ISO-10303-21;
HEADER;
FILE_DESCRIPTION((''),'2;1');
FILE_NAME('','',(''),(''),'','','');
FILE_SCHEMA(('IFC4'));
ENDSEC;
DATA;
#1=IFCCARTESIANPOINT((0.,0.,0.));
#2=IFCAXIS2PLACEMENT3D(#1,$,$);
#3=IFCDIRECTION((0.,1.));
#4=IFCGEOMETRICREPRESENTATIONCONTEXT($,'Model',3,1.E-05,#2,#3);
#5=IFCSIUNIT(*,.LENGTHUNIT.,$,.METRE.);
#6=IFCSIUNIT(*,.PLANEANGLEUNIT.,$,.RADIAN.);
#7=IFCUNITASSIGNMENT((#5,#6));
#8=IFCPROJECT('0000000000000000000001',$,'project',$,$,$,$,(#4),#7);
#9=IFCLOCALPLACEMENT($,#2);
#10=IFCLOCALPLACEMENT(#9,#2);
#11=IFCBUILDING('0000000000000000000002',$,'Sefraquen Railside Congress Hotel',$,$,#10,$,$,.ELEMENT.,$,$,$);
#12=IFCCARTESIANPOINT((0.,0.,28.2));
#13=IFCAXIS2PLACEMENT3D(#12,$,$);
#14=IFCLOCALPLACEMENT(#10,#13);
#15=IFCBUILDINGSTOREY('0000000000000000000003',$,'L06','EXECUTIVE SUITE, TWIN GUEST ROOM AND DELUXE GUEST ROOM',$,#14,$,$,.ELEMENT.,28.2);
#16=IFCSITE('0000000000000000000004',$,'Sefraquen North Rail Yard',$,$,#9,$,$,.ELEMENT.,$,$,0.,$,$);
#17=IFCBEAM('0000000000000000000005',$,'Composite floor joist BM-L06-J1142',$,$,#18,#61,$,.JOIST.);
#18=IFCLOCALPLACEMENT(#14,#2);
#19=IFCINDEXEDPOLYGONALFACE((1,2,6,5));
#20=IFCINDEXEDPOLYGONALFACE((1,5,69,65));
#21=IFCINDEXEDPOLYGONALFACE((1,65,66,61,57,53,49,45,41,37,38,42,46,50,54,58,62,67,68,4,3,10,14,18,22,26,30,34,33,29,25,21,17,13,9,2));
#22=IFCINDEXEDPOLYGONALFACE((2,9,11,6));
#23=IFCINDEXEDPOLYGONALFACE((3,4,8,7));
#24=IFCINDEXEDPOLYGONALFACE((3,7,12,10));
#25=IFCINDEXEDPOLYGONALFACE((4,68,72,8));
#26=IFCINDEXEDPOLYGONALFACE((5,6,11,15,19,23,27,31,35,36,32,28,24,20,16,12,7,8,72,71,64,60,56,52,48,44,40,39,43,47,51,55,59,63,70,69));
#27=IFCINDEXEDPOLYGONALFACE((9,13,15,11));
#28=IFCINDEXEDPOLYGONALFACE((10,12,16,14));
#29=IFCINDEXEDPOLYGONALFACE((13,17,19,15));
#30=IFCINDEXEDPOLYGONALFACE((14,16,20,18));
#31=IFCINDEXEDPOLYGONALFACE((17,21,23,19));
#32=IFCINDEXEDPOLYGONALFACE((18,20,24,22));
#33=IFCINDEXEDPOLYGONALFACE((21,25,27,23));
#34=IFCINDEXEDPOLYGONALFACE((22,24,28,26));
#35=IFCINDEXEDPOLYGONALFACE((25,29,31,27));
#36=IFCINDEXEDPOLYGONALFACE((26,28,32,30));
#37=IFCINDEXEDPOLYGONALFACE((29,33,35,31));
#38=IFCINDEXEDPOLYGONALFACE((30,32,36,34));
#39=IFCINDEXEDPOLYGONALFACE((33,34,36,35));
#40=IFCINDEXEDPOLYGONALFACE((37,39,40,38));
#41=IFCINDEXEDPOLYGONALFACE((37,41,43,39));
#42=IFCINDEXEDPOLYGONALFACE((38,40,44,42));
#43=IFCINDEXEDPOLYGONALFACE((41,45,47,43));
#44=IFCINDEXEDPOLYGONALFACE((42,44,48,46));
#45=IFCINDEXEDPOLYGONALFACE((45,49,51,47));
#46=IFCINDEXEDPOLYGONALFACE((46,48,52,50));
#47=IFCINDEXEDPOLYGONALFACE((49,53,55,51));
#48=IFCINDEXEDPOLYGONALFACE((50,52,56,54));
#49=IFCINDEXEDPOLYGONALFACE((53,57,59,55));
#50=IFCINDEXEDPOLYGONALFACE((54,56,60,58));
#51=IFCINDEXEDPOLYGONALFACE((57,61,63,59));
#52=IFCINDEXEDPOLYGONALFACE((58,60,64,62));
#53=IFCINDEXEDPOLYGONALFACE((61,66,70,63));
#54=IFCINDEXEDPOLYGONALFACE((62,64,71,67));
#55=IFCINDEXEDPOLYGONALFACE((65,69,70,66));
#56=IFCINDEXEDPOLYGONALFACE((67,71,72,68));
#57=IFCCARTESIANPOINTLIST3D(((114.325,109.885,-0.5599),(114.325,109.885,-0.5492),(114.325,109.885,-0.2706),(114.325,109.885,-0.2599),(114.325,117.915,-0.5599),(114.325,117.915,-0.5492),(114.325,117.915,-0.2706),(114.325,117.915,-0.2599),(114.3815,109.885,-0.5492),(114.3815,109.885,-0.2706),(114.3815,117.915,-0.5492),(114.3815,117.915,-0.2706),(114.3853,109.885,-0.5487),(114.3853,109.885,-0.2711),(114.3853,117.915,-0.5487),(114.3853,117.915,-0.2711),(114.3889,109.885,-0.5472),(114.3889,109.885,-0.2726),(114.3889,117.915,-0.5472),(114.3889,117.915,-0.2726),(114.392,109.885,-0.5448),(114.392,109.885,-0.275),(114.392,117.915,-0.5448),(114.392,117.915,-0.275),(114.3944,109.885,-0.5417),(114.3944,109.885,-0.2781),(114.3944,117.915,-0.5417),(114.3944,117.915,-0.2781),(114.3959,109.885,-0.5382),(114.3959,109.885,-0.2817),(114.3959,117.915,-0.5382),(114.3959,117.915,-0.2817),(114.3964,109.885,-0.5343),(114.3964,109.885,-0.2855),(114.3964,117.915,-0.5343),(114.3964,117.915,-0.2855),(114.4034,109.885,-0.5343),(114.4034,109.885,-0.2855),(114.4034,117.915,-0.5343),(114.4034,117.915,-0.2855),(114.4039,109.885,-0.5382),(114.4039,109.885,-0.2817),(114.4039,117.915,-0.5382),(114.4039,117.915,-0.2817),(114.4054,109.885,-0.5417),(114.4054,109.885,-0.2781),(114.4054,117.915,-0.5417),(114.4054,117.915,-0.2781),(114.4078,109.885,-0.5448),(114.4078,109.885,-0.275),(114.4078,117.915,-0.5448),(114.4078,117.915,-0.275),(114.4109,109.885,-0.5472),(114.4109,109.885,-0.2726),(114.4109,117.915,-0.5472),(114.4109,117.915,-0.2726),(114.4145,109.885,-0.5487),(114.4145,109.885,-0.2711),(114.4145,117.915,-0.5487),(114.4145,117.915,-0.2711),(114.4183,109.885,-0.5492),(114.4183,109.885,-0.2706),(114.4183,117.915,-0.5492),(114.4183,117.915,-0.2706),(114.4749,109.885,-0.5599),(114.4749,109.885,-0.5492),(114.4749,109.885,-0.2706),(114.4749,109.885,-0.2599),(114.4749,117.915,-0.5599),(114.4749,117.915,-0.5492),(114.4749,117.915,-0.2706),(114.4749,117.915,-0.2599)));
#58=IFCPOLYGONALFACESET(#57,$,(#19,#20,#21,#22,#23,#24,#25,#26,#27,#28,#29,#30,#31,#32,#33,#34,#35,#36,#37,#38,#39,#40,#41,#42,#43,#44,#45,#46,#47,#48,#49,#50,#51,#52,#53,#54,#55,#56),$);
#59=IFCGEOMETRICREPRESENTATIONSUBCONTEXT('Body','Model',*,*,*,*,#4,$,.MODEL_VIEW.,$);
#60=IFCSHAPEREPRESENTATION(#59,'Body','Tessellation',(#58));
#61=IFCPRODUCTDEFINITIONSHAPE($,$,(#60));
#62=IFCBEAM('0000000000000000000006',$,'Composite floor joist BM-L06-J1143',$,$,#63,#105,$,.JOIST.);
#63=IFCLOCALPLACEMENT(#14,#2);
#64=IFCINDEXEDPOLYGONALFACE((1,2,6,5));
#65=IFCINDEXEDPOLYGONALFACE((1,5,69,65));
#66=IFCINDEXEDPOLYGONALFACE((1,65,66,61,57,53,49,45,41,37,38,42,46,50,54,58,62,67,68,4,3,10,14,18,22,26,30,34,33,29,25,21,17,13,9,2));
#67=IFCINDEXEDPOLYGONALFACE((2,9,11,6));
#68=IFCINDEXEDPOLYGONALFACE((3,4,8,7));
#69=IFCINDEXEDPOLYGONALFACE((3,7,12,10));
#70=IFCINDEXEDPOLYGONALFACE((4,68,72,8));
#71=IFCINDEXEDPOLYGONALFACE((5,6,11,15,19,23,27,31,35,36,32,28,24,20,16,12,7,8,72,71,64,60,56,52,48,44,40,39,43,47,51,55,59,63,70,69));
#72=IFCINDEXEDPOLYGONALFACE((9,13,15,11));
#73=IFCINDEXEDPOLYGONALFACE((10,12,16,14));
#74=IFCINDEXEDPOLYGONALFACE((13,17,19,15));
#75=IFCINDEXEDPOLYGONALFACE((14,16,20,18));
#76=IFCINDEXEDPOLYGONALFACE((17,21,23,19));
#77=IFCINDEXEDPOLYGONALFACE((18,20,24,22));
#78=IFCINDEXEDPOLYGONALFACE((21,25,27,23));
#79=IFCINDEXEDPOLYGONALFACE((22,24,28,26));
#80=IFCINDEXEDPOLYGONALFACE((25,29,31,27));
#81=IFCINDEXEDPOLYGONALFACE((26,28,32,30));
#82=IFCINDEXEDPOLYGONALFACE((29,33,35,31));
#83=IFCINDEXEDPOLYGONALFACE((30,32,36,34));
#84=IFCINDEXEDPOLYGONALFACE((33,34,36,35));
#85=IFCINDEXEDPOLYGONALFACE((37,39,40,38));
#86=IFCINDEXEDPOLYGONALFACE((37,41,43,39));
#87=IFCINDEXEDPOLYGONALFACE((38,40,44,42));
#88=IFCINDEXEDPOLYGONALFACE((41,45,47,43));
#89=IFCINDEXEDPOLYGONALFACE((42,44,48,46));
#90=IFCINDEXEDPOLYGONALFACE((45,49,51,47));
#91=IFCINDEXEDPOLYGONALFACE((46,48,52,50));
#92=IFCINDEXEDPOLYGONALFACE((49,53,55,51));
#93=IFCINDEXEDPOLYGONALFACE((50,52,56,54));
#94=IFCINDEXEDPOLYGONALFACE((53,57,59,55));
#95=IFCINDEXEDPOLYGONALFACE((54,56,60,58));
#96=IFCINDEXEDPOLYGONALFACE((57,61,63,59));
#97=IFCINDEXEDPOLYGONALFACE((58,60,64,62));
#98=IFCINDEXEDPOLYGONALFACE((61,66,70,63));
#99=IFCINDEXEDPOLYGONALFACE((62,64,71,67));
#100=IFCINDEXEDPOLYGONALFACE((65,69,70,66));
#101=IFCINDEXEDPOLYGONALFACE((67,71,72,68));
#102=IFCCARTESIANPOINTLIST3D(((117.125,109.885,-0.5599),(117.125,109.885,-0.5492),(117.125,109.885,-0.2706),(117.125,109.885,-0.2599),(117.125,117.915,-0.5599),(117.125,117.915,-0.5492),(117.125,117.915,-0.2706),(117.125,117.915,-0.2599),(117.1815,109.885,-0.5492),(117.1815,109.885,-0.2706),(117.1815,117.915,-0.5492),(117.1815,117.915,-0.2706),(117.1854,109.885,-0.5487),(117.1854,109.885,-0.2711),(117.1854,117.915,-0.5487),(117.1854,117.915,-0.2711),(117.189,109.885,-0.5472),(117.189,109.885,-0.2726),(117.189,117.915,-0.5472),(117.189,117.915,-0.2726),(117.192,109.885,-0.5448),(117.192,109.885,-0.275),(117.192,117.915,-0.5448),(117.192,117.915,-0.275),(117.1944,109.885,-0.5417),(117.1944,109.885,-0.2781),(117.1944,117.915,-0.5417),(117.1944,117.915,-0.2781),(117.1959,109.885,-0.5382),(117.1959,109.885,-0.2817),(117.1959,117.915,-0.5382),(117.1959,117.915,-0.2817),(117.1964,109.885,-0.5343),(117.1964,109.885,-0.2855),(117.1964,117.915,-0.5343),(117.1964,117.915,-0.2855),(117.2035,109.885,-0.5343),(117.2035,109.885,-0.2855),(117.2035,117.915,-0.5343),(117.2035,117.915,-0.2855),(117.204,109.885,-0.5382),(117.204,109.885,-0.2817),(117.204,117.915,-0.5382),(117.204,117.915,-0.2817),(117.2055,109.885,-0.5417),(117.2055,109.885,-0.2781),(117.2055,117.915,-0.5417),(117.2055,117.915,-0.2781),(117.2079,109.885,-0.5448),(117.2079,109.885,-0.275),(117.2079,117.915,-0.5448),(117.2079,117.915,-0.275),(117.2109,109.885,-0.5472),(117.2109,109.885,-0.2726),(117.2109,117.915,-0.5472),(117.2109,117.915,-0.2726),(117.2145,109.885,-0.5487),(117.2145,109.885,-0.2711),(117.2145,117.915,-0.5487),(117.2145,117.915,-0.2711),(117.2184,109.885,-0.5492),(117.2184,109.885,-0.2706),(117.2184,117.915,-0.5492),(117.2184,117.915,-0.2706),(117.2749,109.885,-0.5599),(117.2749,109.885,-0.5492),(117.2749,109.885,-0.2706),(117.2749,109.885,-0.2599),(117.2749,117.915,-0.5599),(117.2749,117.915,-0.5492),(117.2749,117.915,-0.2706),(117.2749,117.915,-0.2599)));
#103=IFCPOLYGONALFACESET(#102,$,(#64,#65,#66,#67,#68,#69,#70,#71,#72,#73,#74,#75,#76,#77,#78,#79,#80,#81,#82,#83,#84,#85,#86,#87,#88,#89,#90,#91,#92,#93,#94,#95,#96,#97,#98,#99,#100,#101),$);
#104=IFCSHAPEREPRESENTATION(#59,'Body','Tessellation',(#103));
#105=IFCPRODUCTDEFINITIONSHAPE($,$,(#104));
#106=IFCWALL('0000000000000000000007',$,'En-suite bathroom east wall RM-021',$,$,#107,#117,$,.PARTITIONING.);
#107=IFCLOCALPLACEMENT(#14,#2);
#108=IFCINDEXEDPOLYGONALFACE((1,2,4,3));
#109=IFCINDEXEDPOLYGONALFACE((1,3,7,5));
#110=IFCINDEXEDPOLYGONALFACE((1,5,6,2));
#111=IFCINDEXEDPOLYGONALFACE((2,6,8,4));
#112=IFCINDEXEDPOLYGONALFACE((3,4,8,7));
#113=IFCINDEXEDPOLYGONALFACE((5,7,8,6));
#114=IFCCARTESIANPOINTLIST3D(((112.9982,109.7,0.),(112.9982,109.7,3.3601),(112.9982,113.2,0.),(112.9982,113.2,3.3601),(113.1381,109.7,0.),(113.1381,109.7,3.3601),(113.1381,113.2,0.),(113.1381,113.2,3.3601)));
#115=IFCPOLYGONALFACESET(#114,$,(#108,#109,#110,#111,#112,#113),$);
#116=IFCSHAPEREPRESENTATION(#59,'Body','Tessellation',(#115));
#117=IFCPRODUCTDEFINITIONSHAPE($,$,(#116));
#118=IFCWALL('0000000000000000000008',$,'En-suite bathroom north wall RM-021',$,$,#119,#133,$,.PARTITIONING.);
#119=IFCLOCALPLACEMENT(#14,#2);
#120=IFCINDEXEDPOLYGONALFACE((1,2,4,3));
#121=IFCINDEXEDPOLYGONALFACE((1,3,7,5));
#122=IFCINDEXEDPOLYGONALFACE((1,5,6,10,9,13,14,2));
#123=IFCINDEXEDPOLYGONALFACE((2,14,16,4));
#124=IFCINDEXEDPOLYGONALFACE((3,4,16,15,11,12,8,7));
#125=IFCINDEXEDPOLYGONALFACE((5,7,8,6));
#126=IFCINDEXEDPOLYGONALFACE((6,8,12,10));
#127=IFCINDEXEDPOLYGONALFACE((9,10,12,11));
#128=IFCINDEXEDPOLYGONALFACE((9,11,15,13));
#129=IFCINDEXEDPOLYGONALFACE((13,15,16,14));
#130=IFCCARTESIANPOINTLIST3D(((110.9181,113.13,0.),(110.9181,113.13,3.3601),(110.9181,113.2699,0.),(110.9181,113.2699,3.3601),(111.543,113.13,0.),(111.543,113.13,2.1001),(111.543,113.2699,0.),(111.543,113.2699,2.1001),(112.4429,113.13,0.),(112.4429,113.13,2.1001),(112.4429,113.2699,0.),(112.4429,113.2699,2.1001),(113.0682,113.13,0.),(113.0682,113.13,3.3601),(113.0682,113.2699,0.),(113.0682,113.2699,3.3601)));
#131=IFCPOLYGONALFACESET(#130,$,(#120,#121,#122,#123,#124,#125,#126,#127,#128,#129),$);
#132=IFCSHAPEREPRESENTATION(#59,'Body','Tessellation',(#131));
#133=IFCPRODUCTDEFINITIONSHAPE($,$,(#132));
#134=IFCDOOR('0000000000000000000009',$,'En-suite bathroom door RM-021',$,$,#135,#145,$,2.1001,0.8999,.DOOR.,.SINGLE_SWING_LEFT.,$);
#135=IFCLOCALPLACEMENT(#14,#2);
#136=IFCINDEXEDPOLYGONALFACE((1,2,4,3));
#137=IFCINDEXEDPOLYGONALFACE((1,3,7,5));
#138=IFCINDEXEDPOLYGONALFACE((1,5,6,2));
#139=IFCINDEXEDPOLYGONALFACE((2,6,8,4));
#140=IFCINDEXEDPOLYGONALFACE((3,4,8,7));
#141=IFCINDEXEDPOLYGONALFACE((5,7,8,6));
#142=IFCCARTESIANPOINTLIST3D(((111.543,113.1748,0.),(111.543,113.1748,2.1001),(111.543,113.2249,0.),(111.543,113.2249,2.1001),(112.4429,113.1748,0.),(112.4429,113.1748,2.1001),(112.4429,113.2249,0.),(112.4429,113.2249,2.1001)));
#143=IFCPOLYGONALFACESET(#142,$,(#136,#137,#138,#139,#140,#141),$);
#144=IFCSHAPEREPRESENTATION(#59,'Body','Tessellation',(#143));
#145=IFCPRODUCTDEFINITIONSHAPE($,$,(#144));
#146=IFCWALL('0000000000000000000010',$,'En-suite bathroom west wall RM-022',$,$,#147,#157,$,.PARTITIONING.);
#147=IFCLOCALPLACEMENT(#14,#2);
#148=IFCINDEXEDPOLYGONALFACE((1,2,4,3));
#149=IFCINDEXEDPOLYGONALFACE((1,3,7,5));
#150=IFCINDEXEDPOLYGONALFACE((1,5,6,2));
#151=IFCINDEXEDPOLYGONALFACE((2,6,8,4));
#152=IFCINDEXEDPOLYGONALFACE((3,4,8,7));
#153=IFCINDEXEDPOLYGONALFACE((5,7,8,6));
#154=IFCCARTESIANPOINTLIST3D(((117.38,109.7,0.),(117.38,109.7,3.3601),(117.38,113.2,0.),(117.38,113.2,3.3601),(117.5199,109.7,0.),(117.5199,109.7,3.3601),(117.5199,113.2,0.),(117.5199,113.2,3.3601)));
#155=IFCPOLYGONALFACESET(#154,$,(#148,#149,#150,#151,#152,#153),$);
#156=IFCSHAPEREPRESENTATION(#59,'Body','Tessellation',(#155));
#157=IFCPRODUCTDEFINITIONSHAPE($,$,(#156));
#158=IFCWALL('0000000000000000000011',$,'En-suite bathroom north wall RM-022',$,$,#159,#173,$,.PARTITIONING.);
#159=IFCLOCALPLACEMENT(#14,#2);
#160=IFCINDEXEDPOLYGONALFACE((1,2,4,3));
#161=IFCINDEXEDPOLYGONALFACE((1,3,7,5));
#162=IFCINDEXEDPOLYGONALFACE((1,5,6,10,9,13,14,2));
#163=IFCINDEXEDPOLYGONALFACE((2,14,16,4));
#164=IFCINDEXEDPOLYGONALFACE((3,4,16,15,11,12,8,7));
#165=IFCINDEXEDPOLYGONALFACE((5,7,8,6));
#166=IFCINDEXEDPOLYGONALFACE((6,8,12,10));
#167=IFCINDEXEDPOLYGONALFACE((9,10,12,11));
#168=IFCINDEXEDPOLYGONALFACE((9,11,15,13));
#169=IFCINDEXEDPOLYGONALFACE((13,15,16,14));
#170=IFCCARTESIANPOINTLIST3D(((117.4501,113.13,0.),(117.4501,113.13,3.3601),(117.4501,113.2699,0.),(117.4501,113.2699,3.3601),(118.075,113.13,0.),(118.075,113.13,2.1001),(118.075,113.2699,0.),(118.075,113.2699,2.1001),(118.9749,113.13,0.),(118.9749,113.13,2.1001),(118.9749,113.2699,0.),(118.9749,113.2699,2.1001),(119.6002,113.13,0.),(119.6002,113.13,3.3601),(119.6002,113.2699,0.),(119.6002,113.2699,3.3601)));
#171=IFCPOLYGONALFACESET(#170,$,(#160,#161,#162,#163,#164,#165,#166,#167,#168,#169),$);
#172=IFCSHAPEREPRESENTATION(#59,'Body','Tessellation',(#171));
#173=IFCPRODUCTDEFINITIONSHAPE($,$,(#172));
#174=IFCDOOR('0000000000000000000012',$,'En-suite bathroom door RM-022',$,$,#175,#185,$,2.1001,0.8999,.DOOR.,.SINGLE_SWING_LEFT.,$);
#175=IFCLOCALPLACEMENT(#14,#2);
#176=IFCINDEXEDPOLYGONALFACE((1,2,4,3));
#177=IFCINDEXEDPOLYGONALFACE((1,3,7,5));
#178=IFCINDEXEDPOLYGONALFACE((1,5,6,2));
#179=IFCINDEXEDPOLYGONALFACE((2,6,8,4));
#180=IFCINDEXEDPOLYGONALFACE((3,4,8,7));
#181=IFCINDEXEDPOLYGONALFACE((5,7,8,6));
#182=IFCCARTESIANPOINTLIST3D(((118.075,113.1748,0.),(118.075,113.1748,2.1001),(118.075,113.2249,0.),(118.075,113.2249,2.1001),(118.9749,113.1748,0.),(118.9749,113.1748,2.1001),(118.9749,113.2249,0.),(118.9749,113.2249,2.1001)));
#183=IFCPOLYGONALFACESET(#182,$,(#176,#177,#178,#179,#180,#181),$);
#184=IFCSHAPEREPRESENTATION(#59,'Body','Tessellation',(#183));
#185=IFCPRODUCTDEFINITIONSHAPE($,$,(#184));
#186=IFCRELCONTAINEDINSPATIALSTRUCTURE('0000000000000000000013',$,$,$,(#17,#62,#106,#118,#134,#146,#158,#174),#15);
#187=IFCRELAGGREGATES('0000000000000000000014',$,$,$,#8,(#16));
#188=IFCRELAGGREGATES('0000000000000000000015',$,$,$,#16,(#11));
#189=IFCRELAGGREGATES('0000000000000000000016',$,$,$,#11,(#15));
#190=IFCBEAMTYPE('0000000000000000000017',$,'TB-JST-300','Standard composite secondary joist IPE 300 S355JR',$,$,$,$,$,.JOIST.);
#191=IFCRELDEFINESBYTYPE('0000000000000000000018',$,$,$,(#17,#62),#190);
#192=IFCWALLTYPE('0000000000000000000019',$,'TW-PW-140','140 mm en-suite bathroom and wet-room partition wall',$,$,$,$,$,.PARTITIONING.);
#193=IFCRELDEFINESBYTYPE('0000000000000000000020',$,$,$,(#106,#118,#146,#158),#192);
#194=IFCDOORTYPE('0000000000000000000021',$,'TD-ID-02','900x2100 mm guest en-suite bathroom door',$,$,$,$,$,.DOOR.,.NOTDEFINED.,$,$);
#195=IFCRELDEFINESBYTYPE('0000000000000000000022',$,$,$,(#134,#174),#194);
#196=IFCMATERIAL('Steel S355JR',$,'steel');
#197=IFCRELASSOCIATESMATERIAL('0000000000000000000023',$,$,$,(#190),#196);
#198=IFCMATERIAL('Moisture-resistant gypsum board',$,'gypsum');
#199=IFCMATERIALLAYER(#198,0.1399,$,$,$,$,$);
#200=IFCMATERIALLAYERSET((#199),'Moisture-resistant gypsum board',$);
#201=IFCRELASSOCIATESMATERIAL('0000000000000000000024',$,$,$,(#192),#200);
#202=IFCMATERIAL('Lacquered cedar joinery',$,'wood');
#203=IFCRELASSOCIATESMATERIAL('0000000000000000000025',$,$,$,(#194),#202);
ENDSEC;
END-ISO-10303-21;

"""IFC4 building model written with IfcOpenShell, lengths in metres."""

from ifc_helpers import new_model, si_unit, direction, frame, frame_2d, origin, origin_2d, place, context, subcontext, project, spatial, rectangle, i_section, extrude, material, layer, layer_set, material_profile, profile_set, type_object, element, fill, save


model = new_model("IFC4")

# Units and contexts
model_context = context("Model", 3, precision=1e-05, world=origin(), true_north=direction((0.0, 1.0)))
body_context = subcontext(model_context, "Body", "Model", "MODEL_VIEW")
ifc_project = project(units=[si_unit("LENGTHUNIT", "METRE"), si_unit("PLANEANGLEUNIT", "RADIAN")], contexts=[model_context])

# Site, building, storey
site_placement = place(None, origin())
site = spatial("IfcSite", under=ifc_project, at=site_placement, Name="Sefraquen North Rail Yard", CompositionType="ELEMENT", RefElevation=0.0)
building_placement = place(site_placement, origin())
building = spatial("IfcBuilding", under=site, at=building_placement, Name="Sefraquen Railside Congress Hotel", CompositionType="ELEMENT")
storey_placement = place(building_placement, frame((0.0, 0.0, 28.2)))
storey = spatial("IfcBuildingStorey", under=building, at=storey_placement, Name="L06", Description="EXECUTIVE SUITE, TWIN GUEST ROOM AND DELUXE GUEST ROOM", CompositionType="ELEMENT", Elevation=28.2)

# Shared definitions
ifc_material_1 = material(Name="Steel S355JR", Category="steel")

# Beams
ifc_material_profile_1 = material_profile(ifc_material_1, i_section(OverallWidth=0.1499, OverallDepth=0.3, WebThickness=0.0071, FlangeThickness=0.0107, FilletRadius=0.0149, at=origin_2d()), Name="IPE 300")
ifc_profile_set_1 = profile_set([ifc_material_profile_1], Name="Steel S355JR")
beam_type_1 = type_object("IfcBeamType", Name="TB-JST-300", Description="Standard composite secondary joist IPE 300 S355JR", PredefinedType="JOIST", material=ifc_profile_set_1)
for number, where, z_axis, x_axis, name in (
    (1, (114.3999, 109.885, -0.4099), (0.0, 1.0, 0.0), (-1.0, 0.0, 0.0), "Composite floor joist BM-L06-J1142"),
    (2, (117.2, 109.885, -0.4099), (0.0, 1.0, 0.0), (-1.0, 0.0, 0.0), "Composite floor joist BM-L06-J1143"),
):
    element("IfcBeam", number, at=place(storey_placement, frame(where, z_axis=z_axis, x_axis=x_axis)), inside=storey, type_object=beam_type_1, Name=name, PredefinedType="JOIST", context=body_context, shape_type="SweptSolid", body=[
        extrude(i_section(OverallWidth=0.1499, OverallDepth=0.3, WebThickness=0.0071, FlangeThickness=0.0107, FilletRadius=0.0149, at=origin_2d()), origin(), (0.0, 0.0, 1.0), 8.03),
    ])

# Wall
ifc_material_2 = material(Name="Moisture-resistant gypsum board", Category="gypsum")
ifc_layer_1 = layer(ifc_material_2, 0.1399)
ifc_layer_set_1 = layer_set([ifc_layer_1], Name="Moisture-resistant gypsum board")
wall_type_1 = type_object("IfcWallType", Name="TW-PW-140", Description="140 mm en-suite bathroom and wet-room partition wall", PredefinedType="PARTITIONING", material=ifc_layer_set_1)
wall_1_placement = place(storey_placement, frame((113.0681, 109.7, 0.0), z_axis=(0.0, 0.0, 1.0), x_axis=(0.0, 1.0, 0.0)))
element("IfcWall", 3, at=wall_1_placement, inside=storey, type_object=wall_type_1, Name="En-suite bathroom east wall RM-021", PredefinedType="PARTITIONING", context=body_context, shape_type="SweptSolid", body=[
    extrude(rectangle(XDim=3.5, YDim=0.1399, at=frame_2d((1.75, 0.0))), origin(), (0.0, 0.0, 1.0), 3.3601),
])

# Wall, opening, door
wall_2_placement = place(storey_placement, frame((110.918, 113.2, 0.0), z_axis=(0.0, 0.0, 1.0), x_axis=(1.0, 0.0, 0.0)))
wall_2 = element("IfcWall", 4, at=wall_2_placement, inside=storey, type_object=wall_type_1, Name="En-suite bathroom north wall RM-021", PredefinedType="PARTITIONING", context=body_context, shape_type="SweptSolid", body=[
    extrude(rectangle(XDim=2.1501, YDim=0.1399, at=frame_2d((1.0752, 0.0))), origin(), (0.0, 0.0, 1.0), 3.3601),
])
opening_1_placement = place(wall_2_placement, frame((0.625, 0.0, 0.0)))
opening_1 = element("IfcOpeningElement", 5, at=opening_1_placement, cuts=wall_2, PredefinedType="OPENING", context=body_context, shape_type="SweptSolid", body=[
    extrude(rectangle(XDim=0.8999, YDim=2.1001, at=frame_2d((0.45, 1.05))), frame((0.0, 0.0798, 0.0), z_axis=(0.0, -1.0, 0.0), x_axis=(1.0, 0.0, 0.0)), (0.0, 0.0, 1.0), 0.1599),
])
ifc_material_3 = material(Name="Lacquered cedar joinery", Category="wood")
door_type = type_object("IfcDoorType", Name="TD-ID-02", Description="900x2100 mm guest en-suite bathroom door", OperationType="NOTDEFINED", PredefinedType="DOOR", material=ifc_material_3)
door_1_placement = place(opening_1_placement, origin())
door_1 = element("IfcDoor", 6, at=door_1_placement, inside=storey, type_object=door_type, Name="En-suite bathroom door RM-021", OperationType="SINGLE_SWING_LEFT", OverallHeight=2.1001, OverallWidth=0.8999, PredefinedType="DOOR", context=body_context, shape_type="SweptSolid", body=[
    extrude(rectangle(XDim=0.8999, YDim=2.1001, at=frame_2d((0.45, 1.05))), frame((0.0, 0.0249, 0.0), z_axis=(0.0, -1.0, 0.0), x_axis=(1.0, 0.0, 0.0)), (0.0, 0.0, 1.0), 0.05),
])
fill(opening_1, door_1)

# Wall
wall_3_placement = place(storey_placement, frame((117.45, 109.7, 0.0), z_axis=(0.0, 0.0, 1.0), x_axis=(0.0, 1.0, 0.0)))
element("IfcWall", 7, at=wall_3_placement, inside=storey, type_object=wall_type_1, Name="En-suite bathroom west wall RM-022", PredefinedType="PARTITIONING", context=body_context, shape_type="SweptSolid", body=[
    extrude(rectangle(XDim=3.5, YDim=0.1399, at=frame_2d((1.75, 0.0))), origin(), (0.0, 0.0, 1.0), 3.3601),
])

# Wall, opening, door
wall_4_placement = place(storey_placement, frame((117.45, 113.2, 0.0), z_axis=(0.0, 0.0, 1.0), x_axis=(1.0, 0.0, 0.0)))
wall_4 = element("IfcWall", 8, at=wall_4_placement, inside=storey, type_object=wall_type_1, Name="En-suite bathroom north wall RM-022", PredefinedType="PARTITIONING", context=body_context, shape_type="SweptSolid", body=[
    extrude(rectangle(XDim=2.1501, YDim=0.1399, at=frame_2d((1.0752, 0.0))), origin(), (0.0, 0.0, 1.0), 3.3601),
])
opening_2_placement = place(wall_4_placement, frame((0.625, 0.0, 0.0)))
opening_2 = element("IfcOpeningElement", 9, at=opening_2_placement, cuts=wall_4, PredefinedType="OPENING", context=body_context, shape_type="SweptSolid", body=[
    extrude(rectangle(XDim=0.8999, YDim=2.1001, at=frame_2d((0.45, 1.05))), frame((0.0, 0.0798, 0.0), z_axis=(0.0, -1.0, 0.0), x_axis=(1.0, 0.0, 0.0)), (0.0, 0.0, 1.0), 0.1599),
])
door_2_placement = place(opening_2_placement, origin())
door_2 = element("IfcDoor", 10, at=door_2_placement, inside=storey, type_object=door_type, Name="En-suite bathroom door RM-022", OperationType="SINGLE_SWING_LEFT", OverallHeight=2.1001, OverallWidth=0.8999, PredefinedType="DOOR", context=body_context, shape_type="SweptSolid", body=[
    extrude(rectangle(XDim=0.8999, YDim=2.1001, at=frame_2d((0.45, 1.05))), frame((0.0, 0.0249, 0.0), z_axis=(0.0, -1.0, 0.0), x_axis=(1.0, 0.0, 0.0)), (0.0, 0.0, 1.0), 0.05),
])
fill(opening_2, door_2)

save(model, "model.ifc")
